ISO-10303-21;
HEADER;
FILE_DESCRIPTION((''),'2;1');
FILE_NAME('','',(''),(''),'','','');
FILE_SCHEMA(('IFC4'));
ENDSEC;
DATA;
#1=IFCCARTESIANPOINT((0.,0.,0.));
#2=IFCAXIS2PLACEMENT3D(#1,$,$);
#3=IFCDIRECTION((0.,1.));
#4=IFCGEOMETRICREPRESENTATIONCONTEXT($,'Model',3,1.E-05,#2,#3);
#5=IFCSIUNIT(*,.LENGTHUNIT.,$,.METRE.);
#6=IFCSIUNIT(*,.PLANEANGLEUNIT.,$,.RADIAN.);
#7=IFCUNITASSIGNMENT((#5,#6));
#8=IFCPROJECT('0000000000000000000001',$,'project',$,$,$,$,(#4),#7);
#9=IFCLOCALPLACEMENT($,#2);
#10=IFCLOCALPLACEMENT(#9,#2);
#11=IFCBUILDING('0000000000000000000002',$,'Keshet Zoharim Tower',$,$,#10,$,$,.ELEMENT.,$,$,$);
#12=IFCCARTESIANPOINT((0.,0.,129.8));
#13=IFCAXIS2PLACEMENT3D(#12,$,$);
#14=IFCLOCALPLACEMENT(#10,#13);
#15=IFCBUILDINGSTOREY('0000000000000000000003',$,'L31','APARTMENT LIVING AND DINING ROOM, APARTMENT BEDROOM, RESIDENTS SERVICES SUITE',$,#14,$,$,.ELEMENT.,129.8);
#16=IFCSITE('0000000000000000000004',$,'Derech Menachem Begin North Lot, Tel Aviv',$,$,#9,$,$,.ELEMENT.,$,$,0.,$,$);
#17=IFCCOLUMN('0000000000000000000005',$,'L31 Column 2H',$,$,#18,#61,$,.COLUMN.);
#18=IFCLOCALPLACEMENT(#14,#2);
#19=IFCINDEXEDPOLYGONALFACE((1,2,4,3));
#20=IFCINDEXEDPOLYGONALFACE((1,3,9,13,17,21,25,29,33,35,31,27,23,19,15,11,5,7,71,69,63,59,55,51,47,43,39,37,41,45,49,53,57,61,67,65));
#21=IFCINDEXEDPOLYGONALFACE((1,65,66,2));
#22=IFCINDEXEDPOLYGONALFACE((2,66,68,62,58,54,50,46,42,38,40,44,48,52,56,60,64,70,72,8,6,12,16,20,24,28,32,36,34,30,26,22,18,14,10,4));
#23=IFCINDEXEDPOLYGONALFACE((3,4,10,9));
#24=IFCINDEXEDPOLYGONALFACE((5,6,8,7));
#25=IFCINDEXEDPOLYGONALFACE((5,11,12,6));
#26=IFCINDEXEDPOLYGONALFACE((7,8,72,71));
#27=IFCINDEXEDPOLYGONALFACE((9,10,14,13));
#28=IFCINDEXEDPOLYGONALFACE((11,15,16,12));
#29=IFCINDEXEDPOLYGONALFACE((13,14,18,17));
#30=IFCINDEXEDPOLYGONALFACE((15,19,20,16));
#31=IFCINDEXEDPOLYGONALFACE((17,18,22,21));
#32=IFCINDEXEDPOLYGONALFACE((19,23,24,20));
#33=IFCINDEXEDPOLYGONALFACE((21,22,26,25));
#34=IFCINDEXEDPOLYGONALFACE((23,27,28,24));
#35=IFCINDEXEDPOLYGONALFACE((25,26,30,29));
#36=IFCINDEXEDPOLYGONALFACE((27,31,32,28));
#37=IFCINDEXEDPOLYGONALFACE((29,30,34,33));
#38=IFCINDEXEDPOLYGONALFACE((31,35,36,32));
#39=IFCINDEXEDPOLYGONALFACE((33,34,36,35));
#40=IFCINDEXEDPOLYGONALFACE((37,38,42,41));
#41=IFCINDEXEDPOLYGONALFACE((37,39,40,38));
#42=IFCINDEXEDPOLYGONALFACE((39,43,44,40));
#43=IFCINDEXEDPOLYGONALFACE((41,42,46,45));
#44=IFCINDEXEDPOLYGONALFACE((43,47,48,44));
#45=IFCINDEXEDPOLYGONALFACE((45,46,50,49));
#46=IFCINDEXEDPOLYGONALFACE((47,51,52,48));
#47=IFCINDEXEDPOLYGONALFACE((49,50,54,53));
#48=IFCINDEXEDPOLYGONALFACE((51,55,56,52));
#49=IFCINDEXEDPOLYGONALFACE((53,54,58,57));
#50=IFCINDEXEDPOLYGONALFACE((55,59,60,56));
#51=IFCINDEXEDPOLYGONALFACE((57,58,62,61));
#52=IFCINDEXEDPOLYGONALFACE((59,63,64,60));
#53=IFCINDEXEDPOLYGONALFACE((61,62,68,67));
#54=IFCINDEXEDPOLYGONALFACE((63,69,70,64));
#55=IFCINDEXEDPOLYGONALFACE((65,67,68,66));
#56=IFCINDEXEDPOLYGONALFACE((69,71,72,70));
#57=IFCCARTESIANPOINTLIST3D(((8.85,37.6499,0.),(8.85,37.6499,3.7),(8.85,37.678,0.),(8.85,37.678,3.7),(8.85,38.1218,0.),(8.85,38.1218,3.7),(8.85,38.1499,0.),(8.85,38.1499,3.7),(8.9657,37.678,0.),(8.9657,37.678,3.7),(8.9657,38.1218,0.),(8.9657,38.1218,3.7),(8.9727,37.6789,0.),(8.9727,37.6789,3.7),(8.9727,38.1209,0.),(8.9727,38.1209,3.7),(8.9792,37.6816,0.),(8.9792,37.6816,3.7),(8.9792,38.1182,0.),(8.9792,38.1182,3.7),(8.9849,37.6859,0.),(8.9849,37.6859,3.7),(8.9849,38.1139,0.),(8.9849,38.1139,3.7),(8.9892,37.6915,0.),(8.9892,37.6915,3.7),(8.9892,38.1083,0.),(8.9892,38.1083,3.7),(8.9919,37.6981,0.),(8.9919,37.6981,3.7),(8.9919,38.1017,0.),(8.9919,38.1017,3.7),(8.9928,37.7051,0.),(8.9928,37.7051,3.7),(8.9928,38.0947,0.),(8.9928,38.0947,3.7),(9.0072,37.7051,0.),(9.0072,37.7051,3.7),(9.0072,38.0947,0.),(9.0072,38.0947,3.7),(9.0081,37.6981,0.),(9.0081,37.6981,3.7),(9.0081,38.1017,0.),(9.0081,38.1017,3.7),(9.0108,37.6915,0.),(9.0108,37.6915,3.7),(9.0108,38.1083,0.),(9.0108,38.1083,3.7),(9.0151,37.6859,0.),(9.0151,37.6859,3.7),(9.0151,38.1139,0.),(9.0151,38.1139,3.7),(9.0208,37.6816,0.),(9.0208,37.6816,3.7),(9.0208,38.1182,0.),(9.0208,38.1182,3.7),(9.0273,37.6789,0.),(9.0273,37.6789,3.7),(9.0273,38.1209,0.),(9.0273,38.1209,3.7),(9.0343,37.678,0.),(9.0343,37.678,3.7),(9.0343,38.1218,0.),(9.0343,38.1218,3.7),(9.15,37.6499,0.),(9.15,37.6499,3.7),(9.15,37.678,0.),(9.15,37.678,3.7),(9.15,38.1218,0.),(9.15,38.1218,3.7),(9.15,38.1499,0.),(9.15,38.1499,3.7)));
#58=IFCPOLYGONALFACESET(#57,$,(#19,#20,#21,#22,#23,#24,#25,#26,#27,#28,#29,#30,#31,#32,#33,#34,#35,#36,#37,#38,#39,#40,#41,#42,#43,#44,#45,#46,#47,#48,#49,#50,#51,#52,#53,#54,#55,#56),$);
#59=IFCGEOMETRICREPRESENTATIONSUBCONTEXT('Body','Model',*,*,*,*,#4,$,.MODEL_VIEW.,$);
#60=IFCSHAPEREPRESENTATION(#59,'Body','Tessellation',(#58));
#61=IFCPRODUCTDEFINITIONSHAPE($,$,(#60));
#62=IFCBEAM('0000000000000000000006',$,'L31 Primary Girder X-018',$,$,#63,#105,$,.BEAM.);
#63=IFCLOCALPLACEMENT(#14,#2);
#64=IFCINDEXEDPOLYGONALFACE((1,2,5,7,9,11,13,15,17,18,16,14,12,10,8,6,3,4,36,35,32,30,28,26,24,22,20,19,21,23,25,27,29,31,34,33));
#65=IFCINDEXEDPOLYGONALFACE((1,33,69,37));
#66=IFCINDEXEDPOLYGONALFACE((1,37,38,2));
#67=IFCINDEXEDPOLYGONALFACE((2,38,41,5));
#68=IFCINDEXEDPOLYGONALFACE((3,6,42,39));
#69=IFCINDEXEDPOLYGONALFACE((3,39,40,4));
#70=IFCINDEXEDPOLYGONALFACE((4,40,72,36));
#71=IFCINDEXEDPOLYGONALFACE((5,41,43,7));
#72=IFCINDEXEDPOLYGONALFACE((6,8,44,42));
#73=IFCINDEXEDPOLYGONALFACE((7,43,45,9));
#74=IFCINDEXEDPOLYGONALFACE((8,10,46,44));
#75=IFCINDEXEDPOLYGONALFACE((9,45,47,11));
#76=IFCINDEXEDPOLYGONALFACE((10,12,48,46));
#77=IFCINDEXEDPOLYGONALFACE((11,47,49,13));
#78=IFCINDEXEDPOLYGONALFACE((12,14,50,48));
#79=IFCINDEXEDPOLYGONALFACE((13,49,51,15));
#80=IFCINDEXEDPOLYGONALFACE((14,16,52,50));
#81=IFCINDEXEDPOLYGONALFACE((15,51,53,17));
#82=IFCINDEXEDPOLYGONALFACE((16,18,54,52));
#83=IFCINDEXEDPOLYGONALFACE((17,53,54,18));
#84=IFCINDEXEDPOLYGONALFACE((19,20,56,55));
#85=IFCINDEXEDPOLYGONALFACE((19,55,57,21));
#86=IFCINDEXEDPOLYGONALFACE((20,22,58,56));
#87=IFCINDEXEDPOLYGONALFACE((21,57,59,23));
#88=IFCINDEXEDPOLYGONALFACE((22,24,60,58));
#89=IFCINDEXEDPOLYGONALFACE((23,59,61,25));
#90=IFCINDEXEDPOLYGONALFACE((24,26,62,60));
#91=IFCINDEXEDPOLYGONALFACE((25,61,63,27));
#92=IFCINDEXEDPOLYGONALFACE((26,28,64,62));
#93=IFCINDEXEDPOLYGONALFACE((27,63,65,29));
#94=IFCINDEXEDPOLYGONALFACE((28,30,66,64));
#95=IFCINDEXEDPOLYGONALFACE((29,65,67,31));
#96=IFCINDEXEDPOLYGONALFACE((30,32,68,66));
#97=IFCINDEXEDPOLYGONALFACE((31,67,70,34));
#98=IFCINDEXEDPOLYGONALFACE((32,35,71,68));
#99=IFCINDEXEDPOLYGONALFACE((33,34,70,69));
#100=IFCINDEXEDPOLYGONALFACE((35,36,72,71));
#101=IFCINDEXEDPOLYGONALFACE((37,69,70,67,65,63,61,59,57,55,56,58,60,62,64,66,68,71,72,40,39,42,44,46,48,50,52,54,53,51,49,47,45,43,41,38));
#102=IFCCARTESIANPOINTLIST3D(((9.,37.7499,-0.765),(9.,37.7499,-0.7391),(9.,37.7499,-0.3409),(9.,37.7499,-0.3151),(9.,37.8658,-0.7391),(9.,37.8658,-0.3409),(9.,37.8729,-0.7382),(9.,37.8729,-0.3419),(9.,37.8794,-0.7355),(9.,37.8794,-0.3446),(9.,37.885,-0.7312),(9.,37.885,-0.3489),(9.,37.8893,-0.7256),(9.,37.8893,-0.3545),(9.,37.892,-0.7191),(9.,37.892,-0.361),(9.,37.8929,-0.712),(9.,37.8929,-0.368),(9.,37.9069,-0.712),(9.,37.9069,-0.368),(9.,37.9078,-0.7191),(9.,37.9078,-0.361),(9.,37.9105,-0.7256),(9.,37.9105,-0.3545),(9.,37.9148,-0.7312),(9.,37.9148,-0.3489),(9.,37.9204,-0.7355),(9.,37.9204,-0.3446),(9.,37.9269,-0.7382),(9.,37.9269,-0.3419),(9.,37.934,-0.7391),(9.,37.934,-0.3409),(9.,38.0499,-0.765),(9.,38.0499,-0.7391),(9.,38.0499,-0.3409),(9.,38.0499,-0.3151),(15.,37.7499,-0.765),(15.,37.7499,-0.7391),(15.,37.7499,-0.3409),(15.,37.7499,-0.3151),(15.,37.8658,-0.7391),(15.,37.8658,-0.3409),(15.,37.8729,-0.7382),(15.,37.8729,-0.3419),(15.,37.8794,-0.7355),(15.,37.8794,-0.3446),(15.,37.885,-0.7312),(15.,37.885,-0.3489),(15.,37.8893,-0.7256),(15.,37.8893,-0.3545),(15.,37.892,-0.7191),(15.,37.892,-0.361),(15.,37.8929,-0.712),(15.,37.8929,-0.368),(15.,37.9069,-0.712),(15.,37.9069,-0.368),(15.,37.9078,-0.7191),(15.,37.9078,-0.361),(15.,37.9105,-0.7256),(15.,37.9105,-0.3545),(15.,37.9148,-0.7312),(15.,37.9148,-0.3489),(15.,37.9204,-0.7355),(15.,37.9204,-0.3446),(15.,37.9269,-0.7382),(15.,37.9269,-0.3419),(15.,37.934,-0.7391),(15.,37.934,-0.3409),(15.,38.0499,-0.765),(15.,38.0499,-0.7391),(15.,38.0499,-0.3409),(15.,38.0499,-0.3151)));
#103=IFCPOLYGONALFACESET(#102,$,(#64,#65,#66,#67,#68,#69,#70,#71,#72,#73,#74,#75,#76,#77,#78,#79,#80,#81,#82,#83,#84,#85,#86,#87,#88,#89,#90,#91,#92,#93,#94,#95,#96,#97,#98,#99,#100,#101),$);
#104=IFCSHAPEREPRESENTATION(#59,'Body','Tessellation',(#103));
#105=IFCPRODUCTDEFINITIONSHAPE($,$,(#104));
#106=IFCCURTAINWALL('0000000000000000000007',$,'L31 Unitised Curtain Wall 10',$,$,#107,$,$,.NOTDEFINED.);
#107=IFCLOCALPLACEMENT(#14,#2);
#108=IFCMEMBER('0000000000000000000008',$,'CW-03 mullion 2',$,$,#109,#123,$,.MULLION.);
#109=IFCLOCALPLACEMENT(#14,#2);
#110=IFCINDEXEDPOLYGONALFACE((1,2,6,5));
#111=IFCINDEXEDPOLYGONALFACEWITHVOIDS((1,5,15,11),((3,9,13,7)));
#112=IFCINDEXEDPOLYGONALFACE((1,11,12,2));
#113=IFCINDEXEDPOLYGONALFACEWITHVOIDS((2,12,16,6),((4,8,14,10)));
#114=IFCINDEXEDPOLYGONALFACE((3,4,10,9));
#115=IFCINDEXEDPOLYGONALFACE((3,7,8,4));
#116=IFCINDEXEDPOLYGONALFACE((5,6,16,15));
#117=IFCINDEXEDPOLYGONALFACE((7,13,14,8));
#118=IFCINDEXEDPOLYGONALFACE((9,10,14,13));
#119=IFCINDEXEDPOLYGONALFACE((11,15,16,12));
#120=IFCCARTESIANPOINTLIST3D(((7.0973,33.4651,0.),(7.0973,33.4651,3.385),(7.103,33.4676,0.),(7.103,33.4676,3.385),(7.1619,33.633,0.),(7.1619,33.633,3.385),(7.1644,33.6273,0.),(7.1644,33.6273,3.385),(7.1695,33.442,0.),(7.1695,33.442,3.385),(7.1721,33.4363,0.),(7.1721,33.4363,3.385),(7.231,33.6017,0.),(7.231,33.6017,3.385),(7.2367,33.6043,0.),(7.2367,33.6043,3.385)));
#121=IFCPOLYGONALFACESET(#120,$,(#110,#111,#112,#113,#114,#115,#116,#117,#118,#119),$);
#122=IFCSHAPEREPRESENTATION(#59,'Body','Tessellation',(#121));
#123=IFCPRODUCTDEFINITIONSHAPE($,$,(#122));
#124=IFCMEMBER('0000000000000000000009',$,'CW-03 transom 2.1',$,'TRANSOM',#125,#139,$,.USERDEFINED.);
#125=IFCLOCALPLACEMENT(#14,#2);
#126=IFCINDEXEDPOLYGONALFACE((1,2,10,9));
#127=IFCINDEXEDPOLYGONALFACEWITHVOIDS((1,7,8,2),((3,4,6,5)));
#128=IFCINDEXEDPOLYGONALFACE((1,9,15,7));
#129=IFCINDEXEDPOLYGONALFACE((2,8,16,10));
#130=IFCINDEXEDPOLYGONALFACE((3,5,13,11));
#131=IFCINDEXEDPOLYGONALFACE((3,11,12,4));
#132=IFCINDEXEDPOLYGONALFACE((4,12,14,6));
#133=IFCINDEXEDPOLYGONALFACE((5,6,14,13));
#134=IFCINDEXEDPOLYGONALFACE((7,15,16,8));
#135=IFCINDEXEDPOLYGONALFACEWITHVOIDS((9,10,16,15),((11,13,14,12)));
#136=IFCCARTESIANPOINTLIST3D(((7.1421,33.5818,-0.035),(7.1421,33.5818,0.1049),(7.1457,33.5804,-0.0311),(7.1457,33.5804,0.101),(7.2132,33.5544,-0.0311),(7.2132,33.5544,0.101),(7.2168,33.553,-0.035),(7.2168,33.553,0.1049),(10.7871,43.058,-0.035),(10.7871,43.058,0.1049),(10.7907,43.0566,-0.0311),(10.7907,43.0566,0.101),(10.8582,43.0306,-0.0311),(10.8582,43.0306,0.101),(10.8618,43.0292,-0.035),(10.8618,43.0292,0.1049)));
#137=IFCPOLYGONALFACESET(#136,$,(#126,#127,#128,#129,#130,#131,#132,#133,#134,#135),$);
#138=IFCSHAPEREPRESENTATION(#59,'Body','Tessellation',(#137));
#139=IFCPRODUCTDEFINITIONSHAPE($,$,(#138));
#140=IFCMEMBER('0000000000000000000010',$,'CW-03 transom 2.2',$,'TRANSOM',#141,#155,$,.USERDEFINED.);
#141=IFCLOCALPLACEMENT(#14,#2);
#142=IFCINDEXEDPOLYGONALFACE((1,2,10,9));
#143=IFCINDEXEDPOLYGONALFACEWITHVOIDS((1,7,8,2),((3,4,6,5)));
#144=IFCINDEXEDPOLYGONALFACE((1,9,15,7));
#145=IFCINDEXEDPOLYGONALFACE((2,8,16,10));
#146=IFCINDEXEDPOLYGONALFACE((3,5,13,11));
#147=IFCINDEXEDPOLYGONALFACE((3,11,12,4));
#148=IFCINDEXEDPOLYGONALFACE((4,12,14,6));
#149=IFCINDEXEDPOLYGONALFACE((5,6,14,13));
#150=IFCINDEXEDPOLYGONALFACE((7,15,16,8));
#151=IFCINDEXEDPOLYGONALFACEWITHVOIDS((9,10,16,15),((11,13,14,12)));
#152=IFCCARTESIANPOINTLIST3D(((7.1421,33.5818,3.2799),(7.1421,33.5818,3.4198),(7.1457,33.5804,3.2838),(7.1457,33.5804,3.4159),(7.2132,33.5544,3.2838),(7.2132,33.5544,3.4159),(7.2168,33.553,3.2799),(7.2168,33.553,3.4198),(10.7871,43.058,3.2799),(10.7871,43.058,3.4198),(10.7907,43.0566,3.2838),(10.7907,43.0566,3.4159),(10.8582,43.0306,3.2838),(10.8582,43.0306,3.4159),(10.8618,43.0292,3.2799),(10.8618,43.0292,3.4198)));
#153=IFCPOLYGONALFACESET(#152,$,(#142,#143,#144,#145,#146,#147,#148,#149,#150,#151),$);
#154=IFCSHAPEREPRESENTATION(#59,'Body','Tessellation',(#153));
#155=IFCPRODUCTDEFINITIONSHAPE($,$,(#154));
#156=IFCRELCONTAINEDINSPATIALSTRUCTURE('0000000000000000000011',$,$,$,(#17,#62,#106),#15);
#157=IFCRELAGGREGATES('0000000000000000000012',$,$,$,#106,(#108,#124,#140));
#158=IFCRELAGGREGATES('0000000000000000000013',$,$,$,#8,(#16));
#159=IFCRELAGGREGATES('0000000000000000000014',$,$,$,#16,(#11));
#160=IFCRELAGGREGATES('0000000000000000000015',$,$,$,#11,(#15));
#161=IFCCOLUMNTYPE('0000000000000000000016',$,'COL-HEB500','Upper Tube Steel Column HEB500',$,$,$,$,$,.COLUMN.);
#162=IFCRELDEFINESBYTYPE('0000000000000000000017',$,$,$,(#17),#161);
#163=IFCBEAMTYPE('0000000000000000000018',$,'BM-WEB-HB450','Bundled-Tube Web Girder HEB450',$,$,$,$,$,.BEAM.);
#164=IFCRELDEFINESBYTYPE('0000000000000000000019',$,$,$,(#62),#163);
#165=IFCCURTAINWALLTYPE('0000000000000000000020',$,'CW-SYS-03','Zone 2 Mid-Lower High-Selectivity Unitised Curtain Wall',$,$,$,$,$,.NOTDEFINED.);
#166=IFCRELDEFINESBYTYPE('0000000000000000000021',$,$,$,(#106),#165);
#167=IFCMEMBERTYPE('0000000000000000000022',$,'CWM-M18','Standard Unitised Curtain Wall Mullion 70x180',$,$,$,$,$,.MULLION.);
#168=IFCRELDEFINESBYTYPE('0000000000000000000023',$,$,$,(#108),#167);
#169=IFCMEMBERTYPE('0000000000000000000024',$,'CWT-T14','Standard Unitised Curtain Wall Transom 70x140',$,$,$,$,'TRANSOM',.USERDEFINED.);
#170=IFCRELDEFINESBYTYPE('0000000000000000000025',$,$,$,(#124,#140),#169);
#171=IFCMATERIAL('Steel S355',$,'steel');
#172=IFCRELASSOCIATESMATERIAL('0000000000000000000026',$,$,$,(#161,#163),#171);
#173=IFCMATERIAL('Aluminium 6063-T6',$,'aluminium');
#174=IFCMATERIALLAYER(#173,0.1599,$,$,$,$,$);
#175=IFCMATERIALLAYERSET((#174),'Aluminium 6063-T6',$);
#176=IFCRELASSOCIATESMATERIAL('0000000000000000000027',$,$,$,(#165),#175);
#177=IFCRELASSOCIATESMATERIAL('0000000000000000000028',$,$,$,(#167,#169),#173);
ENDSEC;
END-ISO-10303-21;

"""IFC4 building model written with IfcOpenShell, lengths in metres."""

from ifc_helpers import new_model, si_unit, direction, frame, origin, origin_2d, place, context, subcontext, project, spatial, hollow_rectangle, i_section, extrude, material, layer, layer_set, material_profile, profile_set, type_object, element, aggregate, save


model = new_model("IFC4")

# Units and contexts
model_context = context("Model", 3, precision=1e-05, world=origin(), true_north=direction((0.0, 1.0)))
body_context = subcontext(model_context, "Body", "Model", "MODEL_VIEW")
ifc_project = project(units=[si_unit("LENGTHUNIT", "METRE"), si_unit("PLANEANGLEUNIT", "RADIAN")], contexts=[model_context])

# Site, building, storey
site_placement = place(None, origin())
site = spatial("IfcSite", under=ifc_project, at=site_placement, Name="Derech Menachem Begin North Lot, Tel Aviv", CompositionType="ELEMENT", RefElevation=0.0)
building_placement = place(site_placement, origin())
building = spatial("IfcBuilding", under=site, at=building_placement, Name="Keshet Zoharim Tower", CompositionType="ELEMENT")
storey_placement = place(building_placement, frame((0.0, 0.0, 129.8)))
storey = spatial("IfcBuildingStorey", under=building, at=storey_placement, Name="L31", Description="APARTMENT LIVING AND DINING ROOM, APARTMENT BEDROOM, RESIDENTS SERVICES SUITE", CompositionType="ELEMENT", Elevation=129.8)

# Column
ifc_material_1 = material(Name="Steel S355", Category="steel")
ifc_material_profile_1 = material_profile(ifc_material_1, i_section(OverallWidth=0.3, OverallDepth=0.5, WebThickness=0.0144, FlangeThickness=0.0281, FilletRadius=0.0271, at=origin_2d()), Name="HEB500")
ifc_profile_set_1 = profile_set([ifc_material_profile_1], Name="Steel S355")
column_type = type_object("IfcColumnType", Name="COL-HEB500", Description="Upper Tube Steel Column HEB500", PredefinedType="COLUMN", material=ifc_profile_set_1)
column_placement = place(storey_placement, frame((9.0, 37.8999, 0.0), z_axis=(0.0, 0.0, 1.0), x_axis=(1.0, 0.0, 0.0)))
element("IfcColumn", 1, at=column_placement, inside=storey, type_object=column_type, Name="L31 Column 2H", PredefinedType="COLUMN", context=body_context, shape_type="SweptSolid", body=[
    extrude(i_section(OverallWidth=0.3, OverallDepth=0.5, WebThickness=0.0144, FlangeThickness=0.0281, FilletRadius=0.0271, at=origin_2d()), origin(), (0.0, 0.0, 1.0), 3.7),
])

# Beam
ifc_material_profile_2 = material_profile(ifc_material_1, i_section(OverallWidth=0.3, OverallDepth=0.45, WebThickness=0.0139, FlangeThickness=0.0259, FilletRadius=0.0271, at=origin_2d()), Name="HEB450")
ifc_profile_set_2 = profile_set([ifc_material_profile_2], Name="Steel S355")
beam_type = type_object("IfcBeamType", Name="BM-WEB-HB450", Description="Bundled-Tube Web Girder HEB450", PredefinedType="BEAM", material=ifc_profile_set_2)
beam_placement = place(storey_placement, frame((9.0, 37.8999, -0.54), z_axis=(1.0, 0.0, 0.0), x_axis=(0.0, 1.0, 0.0)))
element("IfcBeam", 2, at=beam_placement, inside=storey, type_object=beam_type, Name="L31 Primary Girder X-018", PredefinedType="BEAM", context=body_context, shape_type="SweptSolid", body=[
    extrude(i_section(OverallWidth=0.3, OverallDepth=0.45, WebThickness=0.0139, FlangeThickness=0.0259, FilletRadius=0.0271, at=origin_2d()), origin(), (0.0, 0.0, 1.0), 6.0),
])

# Curtain wall, members
ifc_material_2 = material(Name="Aluminium 6063-T6", Category="aluminium")
ifc_layer_1 = layer(ifc_material_2, 0.1599)
ifc_layer_set_1 = layer_set([ifc_layer_1], Name="Aluminium 6063-T6")
curtain_wall_type = type_object("IfcCurtainWallType", Name="CW-SYS-03", Description="Zone 2 Mid-Lower High-Selectivity Unitised Curtain Wall", PredefinedType="NOTDEFINED", material=ifc_layer_set_1)
curtain_wall_placement = place(storey_placement, origin())
curtain_wall = element("IfcCurtainWall", 3, at=curtain_wall_placement, inside=storey, type_object=curtain_wall_type, Name="L31 Unitised Curtain Wall 10", PredefinedType="NOTDEFINED")
ifc_material_profile_3 = material_profile(ifc_material_2, hollow_rectangle(XDim=0.0801, YDim=0.1799, WallThickness=0.0044, at=origin_2d()), Name="MUL-80x180")
ifc_profile_set_3 = profile_set([ifc_material_profile_3], Name="Aluminium 6063-T6")
member_type_1 = type_object("IfcMemberType", Name="CWM-M18", Description="Standard Unitised Curtain Wall Mullion 70x180", PredefinedType="MULLION", material=ifc_profile_set_3)
member_1_placement = place(storey_placement, frame((7.167, 33.5347, 0.0), z_axis=(0.0, 0.0, 1.0), x_axis=(-0.933341, 0.35899, 0.0)))
member_1 = element("IfcMember", 4, at=member_1_placement, type_object=member_type_1, Name="CW-03 mullion 2", PredefinedType="MULLION", context=body_context, shape_type="SweptSolid", body=[
    extrude(hollow_rectangle(XDim=0.0801, YDim=0.1799, WallThickness=0.0044, at=origin_2d()), origin(), (0.0, 0.0, 1.0), 3.385),
])
ifc_material_profile_4 = material_profile(ifc_material_2, hollow_rectangle(XDim=0.0801, YDim=0.1399, WallThickness=0.0039, at=origin_2d()), Name="TRN-80x140")
ifc_profile_set_4 = profile_set([ifc_material_profile_4], Name="Aluminium 6063-T6")
member_type_2 = type_object("IfcMemberType", Name="CWT-T14", Description="Standard Unitised Curtain Wall Transom 70x140", ElementType="TRANSOM", PredefinedType="USERDEFINED", material=ifc_profile_set_4)
member_2_placement = place(storey_placement, frame((7.1794, 33.5674, 0.0349), z_axis=(0.359003, 0.933336, 0.0), x_axis=(-0.933336, 0.359003, 0.0)))
member_2 = element("IfcMember", 5, at=member_2_placement, type_object=member_type_2, Name="CW-03 transom 2.1", ObjectType="TRANSOM", PredefinedType="USERDEFINED", context=body_context, shape_type="SweptSolid", body=[
    extrude(hollow_rectangle(XDim=0.0801, YDim=0.1399, WallThickness=0.0039, at=origin_2d()), origin(), (0.0, 0.0, 1.0), 10.1531),
])
member_3_placement = place(storey_placement, frame((7.1794, 33.5674, 3.3499), z_axis=(0.359003, 0.933336, 0.0), x_axis=(-0.933336, 0.359003, 0.0)))
member_3 = element("IfcMember", 6, at=member_3_placement, type_object=member_type_2, Name="CW-03 transom 2.2", ObjectType="TRANSOM", PredefinedType="USERDEFINED", context=body_context, shape_type="SweptSolid", body=[
    extrude(hollow_rectangle(XDim=0.0801, YDim=0.1399, WallThickness=0.0039, at=origin_2d()), origin(), (0.0, 0.0, 1.0), 10.1531),
])
aggregate(curtain_wall, [member_1, member_2, member_3])

save(model, "model.ifc")
